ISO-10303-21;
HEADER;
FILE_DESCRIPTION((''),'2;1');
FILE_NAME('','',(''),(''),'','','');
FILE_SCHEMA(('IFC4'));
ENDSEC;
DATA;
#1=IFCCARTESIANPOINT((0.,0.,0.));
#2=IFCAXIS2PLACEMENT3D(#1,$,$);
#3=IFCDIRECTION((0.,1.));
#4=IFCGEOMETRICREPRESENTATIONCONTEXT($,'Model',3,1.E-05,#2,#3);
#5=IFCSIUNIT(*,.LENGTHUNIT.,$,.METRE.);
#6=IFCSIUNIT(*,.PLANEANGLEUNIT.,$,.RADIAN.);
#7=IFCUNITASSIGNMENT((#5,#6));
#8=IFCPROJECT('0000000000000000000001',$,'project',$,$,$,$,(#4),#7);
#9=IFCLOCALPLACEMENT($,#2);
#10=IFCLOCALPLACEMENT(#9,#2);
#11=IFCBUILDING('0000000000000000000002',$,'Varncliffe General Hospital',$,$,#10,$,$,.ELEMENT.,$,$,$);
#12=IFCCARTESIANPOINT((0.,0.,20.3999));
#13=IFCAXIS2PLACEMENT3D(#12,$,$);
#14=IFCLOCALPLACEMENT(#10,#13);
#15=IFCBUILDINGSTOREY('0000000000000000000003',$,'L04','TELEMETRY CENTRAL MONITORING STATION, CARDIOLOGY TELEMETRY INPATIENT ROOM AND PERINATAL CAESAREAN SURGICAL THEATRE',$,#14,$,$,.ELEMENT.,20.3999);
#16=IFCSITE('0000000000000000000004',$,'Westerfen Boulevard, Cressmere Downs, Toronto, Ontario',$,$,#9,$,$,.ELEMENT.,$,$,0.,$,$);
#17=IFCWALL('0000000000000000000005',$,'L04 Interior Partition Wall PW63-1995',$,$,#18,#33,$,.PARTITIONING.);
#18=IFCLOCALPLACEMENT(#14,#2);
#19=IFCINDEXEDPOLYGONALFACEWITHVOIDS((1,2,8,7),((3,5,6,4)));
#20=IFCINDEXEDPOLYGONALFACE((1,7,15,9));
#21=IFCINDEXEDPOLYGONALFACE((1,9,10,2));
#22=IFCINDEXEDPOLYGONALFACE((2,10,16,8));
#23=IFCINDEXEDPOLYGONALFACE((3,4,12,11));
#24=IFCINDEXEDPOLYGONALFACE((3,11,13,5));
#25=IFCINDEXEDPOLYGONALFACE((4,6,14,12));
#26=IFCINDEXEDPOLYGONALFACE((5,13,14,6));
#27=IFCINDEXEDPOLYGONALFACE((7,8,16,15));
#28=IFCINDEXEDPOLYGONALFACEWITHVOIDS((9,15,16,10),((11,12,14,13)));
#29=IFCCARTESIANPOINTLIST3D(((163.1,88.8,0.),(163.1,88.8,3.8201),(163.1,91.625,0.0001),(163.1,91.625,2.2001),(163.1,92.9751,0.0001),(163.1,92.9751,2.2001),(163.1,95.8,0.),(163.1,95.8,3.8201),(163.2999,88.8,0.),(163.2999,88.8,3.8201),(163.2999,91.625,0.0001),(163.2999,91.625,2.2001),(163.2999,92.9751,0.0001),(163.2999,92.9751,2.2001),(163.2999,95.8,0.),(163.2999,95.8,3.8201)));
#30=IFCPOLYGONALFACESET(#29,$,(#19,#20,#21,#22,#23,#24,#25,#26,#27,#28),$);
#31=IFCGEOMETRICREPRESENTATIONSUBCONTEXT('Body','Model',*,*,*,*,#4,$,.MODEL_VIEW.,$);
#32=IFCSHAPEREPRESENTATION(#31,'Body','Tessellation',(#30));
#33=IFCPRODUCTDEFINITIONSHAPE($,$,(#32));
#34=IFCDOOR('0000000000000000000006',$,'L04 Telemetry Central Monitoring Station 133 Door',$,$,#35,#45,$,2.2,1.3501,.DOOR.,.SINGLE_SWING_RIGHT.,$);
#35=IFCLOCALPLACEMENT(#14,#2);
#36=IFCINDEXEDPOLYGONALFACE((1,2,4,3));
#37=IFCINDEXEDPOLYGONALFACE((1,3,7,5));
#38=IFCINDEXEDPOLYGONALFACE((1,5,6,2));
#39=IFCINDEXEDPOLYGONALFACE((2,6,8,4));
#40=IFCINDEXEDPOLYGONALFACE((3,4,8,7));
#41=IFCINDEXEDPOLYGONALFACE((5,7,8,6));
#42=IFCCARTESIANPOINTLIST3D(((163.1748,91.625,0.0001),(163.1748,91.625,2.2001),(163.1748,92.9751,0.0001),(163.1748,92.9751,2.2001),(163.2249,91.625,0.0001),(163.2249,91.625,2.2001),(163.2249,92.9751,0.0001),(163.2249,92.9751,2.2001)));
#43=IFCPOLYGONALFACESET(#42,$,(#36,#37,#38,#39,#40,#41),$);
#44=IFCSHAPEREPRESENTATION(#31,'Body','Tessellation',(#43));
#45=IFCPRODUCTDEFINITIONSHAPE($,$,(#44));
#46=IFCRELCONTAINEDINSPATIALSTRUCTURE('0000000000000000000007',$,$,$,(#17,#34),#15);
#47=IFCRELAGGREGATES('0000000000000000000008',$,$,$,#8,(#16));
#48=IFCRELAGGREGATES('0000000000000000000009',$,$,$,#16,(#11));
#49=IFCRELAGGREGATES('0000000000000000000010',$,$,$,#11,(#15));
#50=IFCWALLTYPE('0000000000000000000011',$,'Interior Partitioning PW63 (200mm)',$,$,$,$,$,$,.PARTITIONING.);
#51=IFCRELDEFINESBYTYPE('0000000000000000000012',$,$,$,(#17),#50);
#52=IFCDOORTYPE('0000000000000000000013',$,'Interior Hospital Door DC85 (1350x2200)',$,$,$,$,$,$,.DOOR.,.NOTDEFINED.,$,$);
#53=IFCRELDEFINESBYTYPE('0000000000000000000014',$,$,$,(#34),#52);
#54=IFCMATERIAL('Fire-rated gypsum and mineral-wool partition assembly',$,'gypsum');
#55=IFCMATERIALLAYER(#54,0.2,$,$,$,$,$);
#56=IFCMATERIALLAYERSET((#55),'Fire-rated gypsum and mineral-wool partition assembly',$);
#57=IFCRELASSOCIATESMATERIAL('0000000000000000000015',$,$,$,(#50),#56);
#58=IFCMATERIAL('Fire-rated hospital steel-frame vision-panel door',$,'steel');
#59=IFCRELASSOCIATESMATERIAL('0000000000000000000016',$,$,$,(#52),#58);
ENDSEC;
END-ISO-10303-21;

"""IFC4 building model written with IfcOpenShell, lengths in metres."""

from ifc_helpers import new_model, si_unit, direction, frame, frame_2d, origin, place, context, subcontext, project, spatial, rectangle, extrude, material, layer, layer_set, type_object, element, fill, save


model = new_model("IFC4")

# Units and contexts
model_context = context("Model", 3, precision=1e-05, world=origin(), true_north=direction((0.0, 1.0)))
body_context = subcontext(model_context, "Body", "Model", "MODEL_VIEW")
ifc_project = project(units=[si_unit("LENGTHUNIT", "METRE"), si_unit("PLANEANGLEUNIT", "RADIAN")], contexts=[model_context])

# Site, building, storey
site_placement = place(None, origin())
site = spatial("IfcSite", under=ifc_project, at=site_placement, Name="Westerfen Boulevard, Cressmere Downs, Toronto, Ontario", CompositionType="ELEMENT", RefElevation=0.0)
building_placement = place(site_placement, origin())
building = spatial("IfcBuilding", under=site, at=building_placement, Name="Varncliffe General Hospital", CompositionType="ELEMENT")
storey_placement = place(building_placement, frame((0.0, 0.0, 20.3999)))
storey = spatial("IfcBuildingStorey", under=building, at=storey_placement, Name="L04", Description="TELEMETRY CENTRAL MONITORING STATION, CARDIOLOGY TELEMETRY INPATIENT ROOM AND PERINATAL CAESAREAN SURGICAL THEATRE", CompositionType="ELEMENT", Elevation=20.3999)

# Wall, opening, door
ifc_material_1 = material(Name="Fire-rated gypsum and mineral-wool partition assembly", Category="gypsum")
ifc_layer_1 = layer(ifc_material_1, 0.2)
ifc_layer_set_1 = layer_set([ifc_layer_1], Name="Fire-rated gypsum and mineral-wool partition assembly")
wall_type_1 = type_object("IfcWallType", Name="Interior Partitioning PW63 (200mm)", PredefinedType="PARTITIONING", material=ifc_layer_set_1)
ifc_material_2 = material(Name="Fire-rated hospital steel-frame vision-panel door", Category="steel")
wall_1_placement = place(storey_placement, frame((163.2, 88.8, 0.0), z_axis=(0.0, 0.0, 1.0), x_axis=(0.0, 1.0, 0.0)))
wall_1 = element("IfcWall", 1, at=wall_1_placement, inside=storey, type_object=wall_type_1, Name="L04 Interior Partition Wall PW63-1995", PredefinedType="PARTITIONING", context=body_context, shape_type="SweptSolid", body=[
    extrude(rectangle(XDim=7.0, YDim=0.2, at=frame_2d((3.5, 0.0))), origin(), (0.0, 0.0, 1.0), 3.8201),
])
opening_1_placement = place(wall_1_placement, frame((2.825, 0.0, 0.0)))
opening_1 = element("IfcOpeningElement", 2, at=opening_1_placement, cuts=wall_1, PredefinedType="OPENING", context=body_context, shape_type="SweptSolid", body=[
    extrude(rectangle(XDim=1.3501, YDim=2.2, at=frame_2d((0.675, 1.1001))), frame((0.0, 0.1099, 0.0), z_axis=(0.0, -1.0, 0.0), x_axis=(1.0, 0.0, 0.0)), (0.0, 0.0, 1.0), 0.22),
])
door_type_1 = type_object("IfcDoorType", Name="Interior Hospital Door DC85 (1350x2200)", OperationType="NOTDEFINED", PredefinedType="DOOR", material=ifc_material_2)
door_1_placement = place(opening_1_placement, frame((1.3501, 0.0, 0.0), z_axis=(0.0, 0.0, 1.0), x_axis=(-1.0, 0.0, 0.0)))
door_1 = element("IfcDoor", 3, at=door_1_placement, inside=storey, type_object=door_type_1, Name="L04 Telemetry Central Monitoring Station 133 Door", OperationType="SINGLE_SWING_RIGHT", OverallHeight=2.2, OverallWidth=1.3501, PredefinedType="DOOR", context=body_context, shape_type="SweptSolid", body=[
    extrude(rectangle(XDim=1.3501, YDim=2.2, at=frame_2d((0.675, 1.1001))), frame((0.0, 0.0249, 0.0), z_axis=(0.0, -1.0, 0.0), x_axis=(1.0, 0.0, 0.0)), (0.0, 0.0, 1.0), 0.05),
])
fill(opening_1, door_1)

save(model, "model.ifc")
